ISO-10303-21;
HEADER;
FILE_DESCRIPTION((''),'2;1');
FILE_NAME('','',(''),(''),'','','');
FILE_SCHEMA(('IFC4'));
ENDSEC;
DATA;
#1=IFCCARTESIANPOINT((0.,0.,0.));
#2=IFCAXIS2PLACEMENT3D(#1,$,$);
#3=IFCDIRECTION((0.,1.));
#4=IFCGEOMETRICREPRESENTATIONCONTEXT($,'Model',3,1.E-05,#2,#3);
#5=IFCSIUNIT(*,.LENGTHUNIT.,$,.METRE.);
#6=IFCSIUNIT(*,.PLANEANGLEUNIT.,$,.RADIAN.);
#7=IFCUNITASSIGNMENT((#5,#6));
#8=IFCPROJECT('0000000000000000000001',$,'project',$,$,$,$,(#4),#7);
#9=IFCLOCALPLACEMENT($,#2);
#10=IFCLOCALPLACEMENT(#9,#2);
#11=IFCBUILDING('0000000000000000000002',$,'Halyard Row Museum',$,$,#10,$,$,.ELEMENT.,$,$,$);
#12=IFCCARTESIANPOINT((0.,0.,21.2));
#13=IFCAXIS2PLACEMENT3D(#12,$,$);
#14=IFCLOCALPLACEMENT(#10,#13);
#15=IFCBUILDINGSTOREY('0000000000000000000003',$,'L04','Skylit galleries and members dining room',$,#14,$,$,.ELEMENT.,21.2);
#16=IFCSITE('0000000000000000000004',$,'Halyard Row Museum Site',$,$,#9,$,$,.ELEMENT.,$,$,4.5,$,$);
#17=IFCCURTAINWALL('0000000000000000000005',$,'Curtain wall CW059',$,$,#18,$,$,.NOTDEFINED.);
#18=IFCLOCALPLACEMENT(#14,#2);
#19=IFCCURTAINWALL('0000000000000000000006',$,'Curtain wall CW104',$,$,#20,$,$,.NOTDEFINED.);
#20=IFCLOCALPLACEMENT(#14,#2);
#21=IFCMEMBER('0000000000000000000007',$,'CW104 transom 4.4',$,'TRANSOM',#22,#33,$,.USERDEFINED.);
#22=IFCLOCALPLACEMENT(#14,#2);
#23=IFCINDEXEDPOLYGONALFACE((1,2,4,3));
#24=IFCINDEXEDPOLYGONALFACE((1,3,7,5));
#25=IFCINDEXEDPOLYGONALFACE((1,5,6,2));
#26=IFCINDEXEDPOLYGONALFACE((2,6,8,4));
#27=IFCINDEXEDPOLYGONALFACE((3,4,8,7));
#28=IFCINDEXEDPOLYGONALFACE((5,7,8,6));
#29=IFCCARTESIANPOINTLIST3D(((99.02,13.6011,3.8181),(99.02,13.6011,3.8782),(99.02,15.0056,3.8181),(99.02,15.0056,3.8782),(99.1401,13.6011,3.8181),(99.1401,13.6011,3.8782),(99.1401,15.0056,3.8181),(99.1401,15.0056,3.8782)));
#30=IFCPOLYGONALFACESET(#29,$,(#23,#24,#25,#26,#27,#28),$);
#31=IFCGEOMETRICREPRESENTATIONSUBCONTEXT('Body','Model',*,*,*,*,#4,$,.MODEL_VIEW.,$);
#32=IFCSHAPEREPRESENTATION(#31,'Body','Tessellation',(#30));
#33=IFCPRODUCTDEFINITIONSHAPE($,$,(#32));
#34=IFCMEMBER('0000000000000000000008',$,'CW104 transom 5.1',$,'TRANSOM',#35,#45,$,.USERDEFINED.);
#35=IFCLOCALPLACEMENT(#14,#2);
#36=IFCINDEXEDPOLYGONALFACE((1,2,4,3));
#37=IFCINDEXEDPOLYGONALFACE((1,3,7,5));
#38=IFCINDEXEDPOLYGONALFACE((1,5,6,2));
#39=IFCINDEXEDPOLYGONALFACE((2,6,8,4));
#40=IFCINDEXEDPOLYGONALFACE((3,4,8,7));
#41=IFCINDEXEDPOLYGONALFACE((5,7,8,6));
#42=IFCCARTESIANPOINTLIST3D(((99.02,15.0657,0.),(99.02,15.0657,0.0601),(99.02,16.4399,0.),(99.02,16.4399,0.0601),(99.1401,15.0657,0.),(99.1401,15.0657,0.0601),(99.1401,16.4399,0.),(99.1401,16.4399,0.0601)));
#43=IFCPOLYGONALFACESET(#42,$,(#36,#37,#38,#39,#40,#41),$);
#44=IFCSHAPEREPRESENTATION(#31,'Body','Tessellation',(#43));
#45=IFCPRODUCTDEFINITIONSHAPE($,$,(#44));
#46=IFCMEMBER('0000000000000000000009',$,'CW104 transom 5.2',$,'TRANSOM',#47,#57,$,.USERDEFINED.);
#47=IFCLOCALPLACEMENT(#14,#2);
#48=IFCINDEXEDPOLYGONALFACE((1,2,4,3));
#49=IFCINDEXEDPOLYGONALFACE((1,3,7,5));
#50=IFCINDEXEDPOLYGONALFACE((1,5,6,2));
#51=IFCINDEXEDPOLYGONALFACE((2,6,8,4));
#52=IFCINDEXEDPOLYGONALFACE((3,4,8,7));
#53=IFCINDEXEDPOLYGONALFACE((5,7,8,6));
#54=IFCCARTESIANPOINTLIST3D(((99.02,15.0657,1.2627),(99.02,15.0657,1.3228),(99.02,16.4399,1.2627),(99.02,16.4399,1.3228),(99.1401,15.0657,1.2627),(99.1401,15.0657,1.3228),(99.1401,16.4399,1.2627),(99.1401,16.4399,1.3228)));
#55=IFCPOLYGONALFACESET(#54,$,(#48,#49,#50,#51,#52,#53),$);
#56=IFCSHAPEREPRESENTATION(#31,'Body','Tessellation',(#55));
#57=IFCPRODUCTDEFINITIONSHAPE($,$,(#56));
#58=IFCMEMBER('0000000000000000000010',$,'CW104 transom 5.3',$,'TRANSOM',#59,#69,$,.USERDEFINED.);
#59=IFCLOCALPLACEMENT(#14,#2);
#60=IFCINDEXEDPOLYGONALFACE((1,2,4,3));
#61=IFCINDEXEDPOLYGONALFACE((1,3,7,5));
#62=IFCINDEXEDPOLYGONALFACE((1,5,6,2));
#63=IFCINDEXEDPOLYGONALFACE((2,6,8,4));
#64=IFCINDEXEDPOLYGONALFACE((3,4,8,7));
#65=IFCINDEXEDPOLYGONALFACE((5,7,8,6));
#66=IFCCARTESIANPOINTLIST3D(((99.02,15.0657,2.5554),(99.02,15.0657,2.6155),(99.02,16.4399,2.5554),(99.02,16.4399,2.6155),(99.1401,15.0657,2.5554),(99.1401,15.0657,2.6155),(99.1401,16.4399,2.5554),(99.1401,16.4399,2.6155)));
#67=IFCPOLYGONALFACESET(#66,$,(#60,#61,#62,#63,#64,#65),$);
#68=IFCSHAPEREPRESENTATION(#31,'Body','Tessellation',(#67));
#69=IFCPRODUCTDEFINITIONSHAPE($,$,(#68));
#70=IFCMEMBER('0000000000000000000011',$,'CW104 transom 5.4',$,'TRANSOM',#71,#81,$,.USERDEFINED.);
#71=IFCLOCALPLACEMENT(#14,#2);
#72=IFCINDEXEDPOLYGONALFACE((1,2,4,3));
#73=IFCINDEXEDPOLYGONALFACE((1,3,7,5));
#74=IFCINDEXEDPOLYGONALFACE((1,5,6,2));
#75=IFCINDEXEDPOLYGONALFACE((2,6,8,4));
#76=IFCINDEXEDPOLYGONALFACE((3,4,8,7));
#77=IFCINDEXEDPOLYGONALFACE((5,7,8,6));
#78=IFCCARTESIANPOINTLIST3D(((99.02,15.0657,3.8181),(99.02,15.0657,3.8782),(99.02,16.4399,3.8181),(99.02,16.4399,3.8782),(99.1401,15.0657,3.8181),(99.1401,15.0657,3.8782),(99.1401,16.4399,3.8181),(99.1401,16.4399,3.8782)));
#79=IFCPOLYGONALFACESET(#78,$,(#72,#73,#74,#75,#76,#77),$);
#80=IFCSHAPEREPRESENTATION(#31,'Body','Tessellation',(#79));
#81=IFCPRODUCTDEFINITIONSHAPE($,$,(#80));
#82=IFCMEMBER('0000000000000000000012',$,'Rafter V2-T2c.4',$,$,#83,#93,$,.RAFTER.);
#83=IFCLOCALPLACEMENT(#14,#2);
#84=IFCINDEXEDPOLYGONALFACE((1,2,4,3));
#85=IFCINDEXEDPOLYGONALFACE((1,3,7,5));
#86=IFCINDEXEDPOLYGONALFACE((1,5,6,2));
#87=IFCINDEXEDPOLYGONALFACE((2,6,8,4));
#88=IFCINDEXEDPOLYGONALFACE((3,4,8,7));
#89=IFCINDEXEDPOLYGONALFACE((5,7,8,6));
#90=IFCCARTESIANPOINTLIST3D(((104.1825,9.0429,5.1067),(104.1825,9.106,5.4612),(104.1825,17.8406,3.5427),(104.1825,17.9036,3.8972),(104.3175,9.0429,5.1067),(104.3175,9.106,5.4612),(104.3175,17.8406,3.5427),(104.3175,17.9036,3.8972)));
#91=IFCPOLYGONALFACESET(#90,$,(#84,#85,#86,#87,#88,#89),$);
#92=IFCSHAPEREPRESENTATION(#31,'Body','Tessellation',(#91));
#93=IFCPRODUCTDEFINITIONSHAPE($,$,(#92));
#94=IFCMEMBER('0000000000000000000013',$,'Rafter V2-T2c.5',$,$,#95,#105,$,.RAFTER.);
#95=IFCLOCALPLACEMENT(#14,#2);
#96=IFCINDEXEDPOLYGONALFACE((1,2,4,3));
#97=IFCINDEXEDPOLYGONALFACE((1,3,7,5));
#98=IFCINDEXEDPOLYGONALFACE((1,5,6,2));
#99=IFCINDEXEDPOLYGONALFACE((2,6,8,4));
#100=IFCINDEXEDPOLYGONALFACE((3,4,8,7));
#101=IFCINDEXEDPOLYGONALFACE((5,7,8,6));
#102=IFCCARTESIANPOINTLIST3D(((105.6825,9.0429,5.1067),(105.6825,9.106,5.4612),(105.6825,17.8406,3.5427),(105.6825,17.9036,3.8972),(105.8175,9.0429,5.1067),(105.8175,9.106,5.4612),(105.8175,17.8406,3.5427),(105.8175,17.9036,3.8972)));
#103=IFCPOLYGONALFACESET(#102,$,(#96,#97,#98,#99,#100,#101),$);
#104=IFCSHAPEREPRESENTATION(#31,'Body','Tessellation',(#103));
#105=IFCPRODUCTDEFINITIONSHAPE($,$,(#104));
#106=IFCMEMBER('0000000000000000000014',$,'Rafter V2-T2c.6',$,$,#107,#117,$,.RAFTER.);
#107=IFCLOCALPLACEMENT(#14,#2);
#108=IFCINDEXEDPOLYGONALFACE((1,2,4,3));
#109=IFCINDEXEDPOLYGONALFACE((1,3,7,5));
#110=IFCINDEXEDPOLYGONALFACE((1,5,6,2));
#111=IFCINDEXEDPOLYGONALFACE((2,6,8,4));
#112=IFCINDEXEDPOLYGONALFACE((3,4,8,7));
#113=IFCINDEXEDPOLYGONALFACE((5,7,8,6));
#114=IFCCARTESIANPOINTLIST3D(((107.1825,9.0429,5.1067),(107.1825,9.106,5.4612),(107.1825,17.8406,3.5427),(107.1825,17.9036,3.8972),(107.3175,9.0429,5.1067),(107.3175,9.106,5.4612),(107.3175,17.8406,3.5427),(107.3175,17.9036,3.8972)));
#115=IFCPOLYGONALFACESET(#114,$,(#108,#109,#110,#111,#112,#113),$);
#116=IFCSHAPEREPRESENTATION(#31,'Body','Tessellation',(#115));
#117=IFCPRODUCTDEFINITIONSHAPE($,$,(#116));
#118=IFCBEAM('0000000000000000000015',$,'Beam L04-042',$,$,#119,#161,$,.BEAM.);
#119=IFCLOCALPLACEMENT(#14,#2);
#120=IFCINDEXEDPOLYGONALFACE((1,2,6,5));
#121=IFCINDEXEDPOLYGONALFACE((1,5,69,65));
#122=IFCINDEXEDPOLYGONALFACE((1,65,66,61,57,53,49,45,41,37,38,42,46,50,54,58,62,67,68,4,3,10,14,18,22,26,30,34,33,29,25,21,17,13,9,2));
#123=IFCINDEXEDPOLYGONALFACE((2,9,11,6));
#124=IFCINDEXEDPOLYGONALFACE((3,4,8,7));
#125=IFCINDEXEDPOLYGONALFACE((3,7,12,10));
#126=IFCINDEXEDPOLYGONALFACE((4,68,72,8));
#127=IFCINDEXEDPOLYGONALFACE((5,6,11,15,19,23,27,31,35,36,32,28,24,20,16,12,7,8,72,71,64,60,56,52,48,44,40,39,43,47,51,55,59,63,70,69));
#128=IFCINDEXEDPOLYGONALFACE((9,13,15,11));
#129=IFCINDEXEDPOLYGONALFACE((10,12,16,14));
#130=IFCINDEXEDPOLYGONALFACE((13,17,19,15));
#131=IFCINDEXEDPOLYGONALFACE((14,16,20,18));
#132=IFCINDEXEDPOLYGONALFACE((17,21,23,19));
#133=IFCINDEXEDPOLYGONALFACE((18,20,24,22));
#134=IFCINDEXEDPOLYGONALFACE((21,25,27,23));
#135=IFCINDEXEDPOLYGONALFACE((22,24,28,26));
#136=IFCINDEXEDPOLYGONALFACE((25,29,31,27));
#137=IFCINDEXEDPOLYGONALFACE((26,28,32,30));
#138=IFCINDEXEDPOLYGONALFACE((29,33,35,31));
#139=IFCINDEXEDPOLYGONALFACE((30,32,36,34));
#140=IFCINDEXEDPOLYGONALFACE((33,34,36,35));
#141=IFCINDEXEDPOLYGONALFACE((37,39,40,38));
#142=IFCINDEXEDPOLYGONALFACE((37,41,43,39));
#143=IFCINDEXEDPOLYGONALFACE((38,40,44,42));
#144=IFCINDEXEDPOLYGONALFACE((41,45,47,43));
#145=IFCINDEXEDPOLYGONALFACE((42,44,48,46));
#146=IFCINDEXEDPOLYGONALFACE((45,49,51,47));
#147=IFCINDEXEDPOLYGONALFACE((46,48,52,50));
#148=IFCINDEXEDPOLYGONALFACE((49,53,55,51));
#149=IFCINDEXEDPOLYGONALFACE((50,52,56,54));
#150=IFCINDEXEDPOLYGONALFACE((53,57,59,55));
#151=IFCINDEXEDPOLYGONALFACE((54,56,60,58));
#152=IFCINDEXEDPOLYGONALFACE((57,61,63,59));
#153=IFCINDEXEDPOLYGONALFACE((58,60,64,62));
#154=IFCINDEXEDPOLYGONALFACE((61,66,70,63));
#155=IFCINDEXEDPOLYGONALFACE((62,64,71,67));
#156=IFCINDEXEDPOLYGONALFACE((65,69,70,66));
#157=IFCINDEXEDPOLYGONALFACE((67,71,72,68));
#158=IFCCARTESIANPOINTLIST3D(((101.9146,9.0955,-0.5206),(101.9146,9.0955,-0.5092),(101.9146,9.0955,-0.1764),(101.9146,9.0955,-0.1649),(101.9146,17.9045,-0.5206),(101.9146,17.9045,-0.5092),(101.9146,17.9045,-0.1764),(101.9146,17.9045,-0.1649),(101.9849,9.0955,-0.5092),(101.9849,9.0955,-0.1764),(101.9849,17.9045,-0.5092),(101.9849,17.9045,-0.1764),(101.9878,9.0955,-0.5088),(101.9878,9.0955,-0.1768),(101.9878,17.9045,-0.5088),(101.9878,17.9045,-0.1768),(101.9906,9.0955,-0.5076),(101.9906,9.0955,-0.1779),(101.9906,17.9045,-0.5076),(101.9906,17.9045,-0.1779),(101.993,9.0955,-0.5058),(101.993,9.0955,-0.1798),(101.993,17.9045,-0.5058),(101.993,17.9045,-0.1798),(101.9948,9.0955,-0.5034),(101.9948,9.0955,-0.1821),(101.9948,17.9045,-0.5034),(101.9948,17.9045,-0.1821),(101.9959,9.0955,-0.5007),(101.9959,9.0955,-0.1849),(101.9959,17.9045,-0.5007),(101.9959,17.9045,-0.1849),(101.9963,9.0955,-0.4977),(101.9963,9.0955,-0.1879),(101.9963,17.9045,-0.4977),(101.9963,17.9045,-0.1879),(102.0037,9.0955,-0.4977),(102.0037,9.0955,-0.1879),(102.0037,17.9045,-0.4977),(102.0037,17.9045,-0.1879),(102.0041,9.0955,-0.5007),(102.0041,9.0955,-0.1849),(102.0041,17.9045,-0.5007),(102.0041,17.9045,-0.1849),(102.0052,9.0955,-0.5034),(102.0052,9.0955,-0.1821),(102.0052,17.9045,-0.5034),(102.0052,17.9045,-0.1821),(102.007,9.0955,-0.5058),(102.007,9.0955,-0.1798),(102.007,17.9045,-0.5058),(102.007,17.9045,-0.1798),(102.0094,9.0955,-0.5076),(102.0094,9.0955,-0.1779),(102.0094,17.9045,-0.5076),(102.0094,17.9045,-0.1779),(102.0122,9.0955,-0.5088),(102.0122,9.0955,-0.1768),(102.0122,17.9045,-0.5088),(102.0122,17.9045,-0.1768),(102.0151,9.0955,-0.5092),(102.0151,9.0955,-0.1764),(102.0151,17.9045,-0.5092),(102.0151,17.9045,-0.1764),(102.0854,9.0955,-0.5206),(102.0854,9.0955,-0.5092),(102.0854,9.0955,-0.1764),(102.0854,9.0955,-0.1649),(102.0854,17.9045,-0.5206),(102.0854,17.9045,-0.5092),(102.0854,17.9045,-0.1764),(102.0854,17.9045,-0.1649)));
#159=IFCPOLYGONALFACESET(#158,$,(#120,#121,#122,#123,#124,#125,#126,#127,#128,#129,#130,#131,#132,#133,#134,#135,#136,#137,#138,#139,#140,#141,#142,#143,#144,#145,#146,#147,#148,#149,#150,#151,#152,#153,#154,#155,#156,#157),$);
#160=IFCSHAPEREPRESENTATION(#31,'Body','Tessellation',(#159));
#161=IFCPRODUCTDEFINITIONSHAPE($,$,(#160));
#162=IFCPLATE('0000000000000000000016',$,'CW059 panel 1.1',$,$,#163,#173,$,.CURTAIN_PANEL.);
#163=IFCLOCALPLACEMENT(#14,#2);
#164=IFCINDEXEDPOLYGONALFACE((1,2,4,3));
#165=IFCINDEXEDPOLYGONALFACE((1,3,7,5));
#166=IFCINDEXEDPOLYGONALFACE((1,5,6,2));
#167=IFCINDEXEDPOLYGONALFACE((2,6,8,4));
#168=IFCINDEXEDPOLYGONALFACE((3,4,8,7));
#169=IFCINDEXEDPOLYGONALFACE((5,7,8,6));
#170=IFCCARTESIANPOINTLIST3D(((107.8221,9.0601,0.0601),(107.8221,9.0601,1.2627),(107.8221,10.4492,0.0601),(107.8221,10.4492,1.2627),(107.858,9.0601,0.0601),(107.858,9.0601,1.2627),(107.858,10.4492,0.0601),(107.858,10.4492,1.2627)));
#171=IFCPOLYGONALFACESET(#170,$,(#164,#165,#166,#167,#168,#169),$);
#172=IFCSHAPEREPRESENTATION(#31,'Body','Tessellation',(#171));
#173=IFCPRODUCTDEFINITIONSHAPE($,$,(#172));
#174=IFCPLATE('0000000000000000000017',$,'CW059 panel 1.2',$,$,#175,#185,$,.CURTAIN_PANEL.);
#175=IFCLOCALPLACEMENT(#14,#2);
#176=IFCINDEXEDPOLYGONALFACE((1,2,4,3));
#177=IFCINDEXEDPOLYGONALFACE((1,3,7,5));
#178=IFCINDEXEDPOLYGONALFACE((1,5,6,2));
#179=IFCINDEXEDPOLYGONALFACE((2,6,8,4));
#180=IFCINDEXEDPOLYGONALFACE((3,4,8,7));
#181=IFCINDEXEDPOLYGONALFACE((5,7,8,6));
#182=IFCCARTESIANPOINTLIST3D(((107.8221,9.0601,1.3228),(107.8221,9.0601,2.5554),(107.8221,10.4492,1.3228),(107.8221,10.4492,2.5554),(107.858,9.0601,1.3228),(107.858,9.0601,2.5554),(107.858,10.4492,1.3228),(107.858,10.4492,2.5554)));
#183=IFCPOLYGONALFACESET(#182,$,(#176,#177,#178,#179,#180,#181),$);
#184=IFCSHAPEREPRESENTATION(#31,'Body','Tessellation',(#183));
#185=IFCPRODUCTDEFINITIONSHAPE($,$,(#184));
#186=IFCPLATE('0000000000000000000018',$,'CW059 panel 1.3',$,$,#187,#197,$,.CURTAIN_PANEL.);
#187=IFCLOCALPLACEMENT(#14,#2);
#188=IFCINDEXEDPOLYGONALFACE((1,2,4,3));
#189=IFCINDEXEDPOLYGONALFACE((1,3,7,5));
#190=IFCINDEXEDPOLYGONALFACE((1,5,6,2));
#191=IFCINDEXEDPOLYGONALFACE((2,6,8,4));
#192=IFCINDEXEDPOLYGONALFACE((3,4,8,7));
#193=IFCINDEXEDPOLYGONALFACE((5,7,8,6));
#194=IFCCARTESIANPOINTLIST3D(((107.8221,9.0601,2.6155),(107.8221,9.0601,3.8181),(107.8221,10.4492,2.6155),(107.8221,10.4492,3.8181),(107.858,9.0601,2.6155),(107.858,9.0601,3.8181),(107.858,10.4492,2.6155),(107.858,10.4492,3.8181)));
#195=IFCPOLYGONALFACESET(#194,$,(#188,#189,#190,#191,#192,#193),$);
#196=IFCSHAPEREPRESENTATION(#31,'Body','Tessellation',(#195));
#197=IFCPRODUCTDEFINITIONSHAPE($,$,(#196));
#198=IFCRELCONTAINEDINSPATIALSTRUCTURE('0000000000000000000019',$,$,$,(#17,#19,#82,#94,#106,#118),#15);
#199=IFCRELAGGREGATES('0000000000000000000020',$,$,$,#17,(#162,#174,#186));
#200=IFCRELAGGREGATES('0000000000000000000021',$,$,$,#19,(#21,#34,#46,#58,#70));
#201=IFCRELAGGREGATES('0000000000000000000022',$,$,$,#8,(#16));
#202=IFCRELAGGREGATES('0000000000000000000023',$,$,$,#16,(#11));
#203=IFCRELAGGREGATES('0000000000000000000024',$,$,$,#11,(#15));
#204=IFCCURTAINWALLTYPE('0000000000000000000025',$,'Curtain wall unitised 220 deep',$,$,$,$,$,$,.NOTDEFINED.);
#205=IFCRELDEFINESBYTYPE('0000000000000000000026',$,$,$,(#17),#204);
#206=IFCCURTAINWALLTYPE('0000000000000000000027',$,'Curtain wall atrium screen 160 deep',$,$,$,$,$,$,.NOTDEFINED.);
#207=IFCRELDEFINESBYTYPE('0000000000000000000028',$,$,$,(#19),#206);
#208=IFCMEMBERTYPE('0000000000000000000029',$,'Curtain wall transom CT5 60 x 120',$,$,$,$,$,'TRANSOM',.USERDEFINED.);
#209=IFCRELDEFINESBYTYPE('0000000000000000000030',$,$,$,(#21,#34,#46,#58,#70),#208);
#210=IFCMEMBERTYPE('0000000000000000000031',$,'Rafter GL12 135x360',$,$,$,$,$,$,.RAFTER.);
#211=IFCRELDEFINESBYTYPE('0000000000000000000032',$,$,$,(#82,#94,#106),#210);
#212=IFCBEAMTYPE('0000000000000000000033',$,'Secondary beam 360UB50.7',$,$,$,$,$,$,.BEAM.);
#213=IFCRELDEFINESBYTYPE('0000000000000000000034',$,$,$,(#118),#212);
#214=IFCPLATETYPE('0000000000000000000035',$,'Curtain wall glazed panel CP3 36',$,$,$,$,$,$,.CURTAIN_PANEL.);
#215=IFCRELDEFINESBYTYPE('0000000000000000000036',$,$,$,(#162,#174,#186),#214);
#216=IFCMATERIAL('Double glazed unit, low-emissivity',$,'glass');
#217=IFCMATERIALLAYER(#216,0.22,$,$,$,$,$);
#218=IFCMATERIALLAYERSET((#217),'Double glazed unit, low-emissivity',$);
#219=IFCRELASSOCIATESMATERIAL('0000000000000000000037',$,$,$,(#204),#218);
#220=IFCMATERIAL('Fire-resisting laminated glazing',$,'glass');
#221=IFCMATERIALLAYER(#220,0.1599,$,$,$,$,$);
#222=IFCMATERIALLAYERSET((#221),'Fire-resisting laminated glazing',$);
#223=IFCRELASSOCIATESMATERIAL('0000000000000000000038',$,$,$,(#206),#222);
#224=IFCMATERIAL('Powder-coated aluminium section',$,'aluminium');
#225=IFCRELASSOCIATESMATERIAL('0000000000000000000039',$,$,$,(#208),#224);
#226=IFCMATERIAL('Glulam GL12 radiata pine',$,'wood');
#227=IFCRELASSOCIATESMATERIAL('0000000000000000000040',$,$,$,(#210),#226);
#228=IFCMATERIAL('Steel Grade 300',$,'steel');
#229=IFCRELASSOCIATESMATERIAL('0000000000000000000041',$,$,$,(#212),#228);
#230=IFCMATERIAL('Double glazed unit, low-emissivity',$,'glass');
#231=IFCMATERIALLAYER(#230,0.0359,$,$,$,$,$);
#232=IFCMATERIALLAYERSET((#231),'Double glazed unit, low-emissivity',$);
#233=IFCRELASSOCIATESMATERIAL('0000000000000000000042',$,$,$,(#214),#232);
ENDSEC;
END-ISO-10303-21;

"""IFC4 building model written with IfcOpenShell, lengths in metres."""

from ifc_helpers import new_model, si_unit, direction, frame, origin, origin_2d, place, context, subcontext, project, spatial, rectangle, i_section, extrude, material, layer, layer_set, material_profile, profile_set, type_object, element, aggregate, save


model = new_model("IFC4")

# Units and contexts
model_context = context("Model", 3, precision=1e-05, world=origin(), true_north=direction((0.0, 1.0)))
body_context = subcontext(model_context, "Body", "Model", "MODEL_VIEW")
ifc_project = project(units=[si_unit("LENGTHUNIT", "METRE"), si_unit("PLANEANGLEUNIT", "RADIAN")], contexts=[model_context])

# Site, building, storey
site_placement = place(None, origin())
site = spatial("IfcSite", under=ifc_project, at=site_placement, Name="Halyard Row Museum Site", CompositionType="ELEMENT", RefElevation=4.5)
building_placement = place(site_placement, origin())
building = spatial("IfcBuilding", under=site, at=building_placement, Name="Halyard Row Museum", CompositionType="ELEMENT")
storey_placement = place(building_placement, frame((0.0, 0.0, 21.2)))
storey = spatial("IfcBuildingStorey", under=building, at=storey_placement, Name="L04", Description="Skylit galleries and members dining room", CompositionType="ELEMENT", Elevation=21.2)

# Curtain wall
ifc_material_1 = material(Name="Double glazed unit, low-emissivity", Category="glass")
ifc_layer_1 = layer(ifc_material_1, 0.22)
ifc_layer_set_1 = layer_set([ifc_layer_1], Name="Double glazed unit, low-emissivity")
curtain_wall_type_1 = type_object("IfcCurtainWallType", Name="Curtain wall unitised 220 deep", PredefinedType="NOTDEFINED", material=ifc_layer_set_1)
curtain_wall_1_placement = place(storey_placement, origin())
curtain_wall_1 = element("IfcCurtainWall", 1, at=curtain_wall_1_placement, inside=storey, type_object=curtain_wall_type_1, Name="Curtain wall CW059", PredefinedType="NOTDEFINED")

# Curtain wall
ifc_material_2 = material(Name="Fire-resisting laminated glazing", Category="glass")
ifc_layer_2 = layer(ifc_material_2, 0.1599)
ifc_layer_set_2 = layer_set([ifc_layer_2], Name="Fire-resisting laminated glazing")
curtain_wall_type_2 = type_object("IfcCurtainWallType", Name="Curtain wall atrium screen 160 deep", PredefinedType="NOTDEFINED", material=ifc_layer_set_2)
curtain_wall_2_placement = place(storey_placement, origin())
curtain_wall_2 = element("IfcCurtainWall", 2, at=curtain_wall_2_placement, inside=storey, type_object=curtain_wall_type_2, Name="Curtain wall CW104", PredefinedType="NOTDEFINED")

# Members
ifc_material_3 = material(Name="Powder-coated aluminium section", Category="aluminium")
ifc_material_profile_1 = material_profile(ifc_material_3, rectangle(XDim=0.1201, YDim=0.0601, at=origin_2d()), Name="120x60 transom")
ifc_profile_set_1 = profile_set([ifc_material_profile_1], Name="Powder-coated aluminium section")
member_type_1 = type_object("IfcMemberType", Name="Curtain wall transom CT5 60 x 120", ElementType="TRANSOM", PredefinedType="USERDEFINED", material=ifc_profile_set_1)
member_1_placement = place(storey_placement, frame((99.0801, 13.6011, 3.8481), z_axis=(0.0, 1.0, 0.0), x_axis=(-1.0, 0.0, 0.0)))
member_1 = element("IfcMember", 3, at=member_1_placement, type_object=member_type_1, Name="CW104 transom 4.4", ObjectType="TRANSOM", PredefinedType="USERDEFINED", context=body_context, shape_type="SweptSolid", body=[
    extrude(rectangle(XDim=0.1201, YDim=0.0601, at=origin_2d()), origin(), (0.0, 0.0, 1.0), 1.4045),
])
member_2_placement = place(storey_placement, frame((99.0801, 15.0657, 0.03), z_axis=(0.0, 1.0, 0.0), x_axis=(-1.0, 0.0, 0.0)))
member_2 = element("IfcMember", 4, at=member_2_placement, type_object=member_type_1, Name="CW104 transom 5.1", ObjectType="TRANSOM", PredefinedType="USERDEFINED", context=body_context, shape_type="SweptSolid", body=[
    extrude(rectangle(XDim=0.1201, YDim=0.0601, at=origin_2d()), origin(), (0.0, 0.0, 1.0), 1.3743),
])
member_3_placement = place(storey_placement, frame((99.0801, 15.0657, 1.2927), z_axis=(0.0, 1.0, 0.0), x_axis=(-1.0, 0.0, 0.0)))
member_3 = element("IfcMember", 5, at=member_3_placement, type_object=member_type_1, Name="CW104 transom 5.2", ObjectType="TRANSOM", PredefinedType="USERDEFINED", context=body_context, shape_type="SweptSolid", body=[
    extrude(rectangle(XDim=0.1201, YDim=0.0601, at=origin_2d()), origin(), (0.0, 0.0, 1.0), 1.3743),
])
member_4_placement = place(storey_placement, frame((99.0801, 15.0657, 2.5854), z_axis=(0.0, 1.0, 0.0), x_axis=(-1.0, 0.0, 0.0)))
member_4 = element("IfcMember", 6, at=member_4_placement, type_object=member_type_1, Name="CW104 transom 5.3", ObjectType="TRANSOM", PredefinedType="USERDEFINED", context=body_context, shape_type="SweptSolid", body=[
    extrude(rectangle(XDim=0.1201, YDim=0.0601, at=origin_2d()), origin(), (0.0, 0.0, 1.0), 1.3743),
])
member_5_placement = place(storey_placement, frame((99.0801, 15.0657, 3.8481), z_axis=(0.0, 1.0, 0.0), x_axis=(-1.0, 0.0, 0.0)))
member_5 = element("IfcMember", 7, at=member_5_placement, type_object=member_type_1, Name="CW104 transom 5.4", ObjectType="TRANSOM", PredefinedType="USERDEFINED", context=body_context, shape_type="SweptSolid", body=[
    extrude(rectangle(XDim=0.1201, YDim=0.0601, at=origin_2d()), origin(), (0.0, 0.0, 1.0), 1.3743),
])

# Members
ifc_material_4 = material(Name="Glulam GL12 radiata pine", Category="wood")
ifc_material_profile_2 = material_profile(ifc_material_4, rectangle(XDim=0.135, YDim=0.3601, at=origin_2d()), Name="GL12 135x360")
ifc_profile_set_2 = profile_set([ifc_material_profile_2], Name="Glulam GL12 radiata pine")
member_type_2 = type_object("IfcMemberType", Name="Rafter GL12 135x360", PredefinedType="RAFTER", material=ifc_profile_set_2)
for number, where, z_axis, x_axis, name in (
    (8, (104.25, 9.0745, 5.2839), (0.0, 0.984564, -0.175027), (-1.0, 0.0, 0.0), "Rafter V2-T2c.4"),
    (9, (105.75, 9.0745, 5.2839), (0.0, 0.984564, -0.175027), (-1.0, 0.0, 0.0), "Rafter V2-T2c.5"),
    (10, (107.25, 9.0745, 5.2839), (0.0, 0.984564, -0.175027), (-1.0, 0.0, 0.0), "Rafter V2-T2c.6"),
):
    element("IfcMember", number, at=place(storey_placement, frame(where, z_axis=z_axis, x_axis=x_axis)), inside=storey, type_object=member_type_2, Name=name, PredefinedType="RAFTER", context=body_context, shape_type="SweptSolid", body=[
        extrude(rectangle(XDim=0.135, YDim=0.3601, at=origin_2d()), origin(), (0.0, 0.0, 1.0), 8.9355),
    ])

# Beam
ifc_material_5 = material(Name="Steel Grade 300", Category="steel")
ifc_material_profile_3 = material_profile(ifc_material_5, i_section(OverallWidth=0.1709, OverallDepth=0.3557, WebThickness=0.0073, FlangeThickness=0.0115, FilletRadius=0.0115, at=origin_2d()), Name="360UB50.7")
ifc_profile_set_3 = profile_set([ifc_material_profile_3], Name="Steel Grade 300")
beam_type = type_object("IfcBeamType", Name="Secondary beam 360UB50.7", PredefinedType="BEAM", material=ifc_profile_set_3)
beam_placement = place(storey_placement, frame((102.0, 9.0955, -0.3428), z_axis=(0.0, 1.0, 0.0), x_axis=(-1.0, 0.0, 0.0)))
element("IfcBeam", 11, at=beam_placement, inside=storey, type_object=beam_type, Name="Beam L04-042", PredefinedType="BEAM", context=body_context, shape_type="SweptSolid", body=[
    extrude(i_section(OverallWidth=0.1709, OverallDepth=0.3557, WebThickness=0.0073, FlangeThickness=0.0115, FilletRadius=0.0115, at=origin_2d()), origin(), (0.0, 0.0, 1.0), 8.8091),
])

# Plates
ifc_material_6 = material(Name="Double glazed unit, low-emissivity", Category="glass")
ifc_layer_3 = layer(ifc_material_6, 0.0359)
ifc_layer_set_3 = layer_set([ifc_layer_3], Name="Double glazed unit, low-emissivity")
plate_type_1 = type_object("IfcPlateType", Name="Curtain wall glazed panel CP3 36", PredefinedType="CURTAIN_PANEL", material=ifc_layer_set_3)
plate_1_placement = place(storey_placement, frame((107.8401, 9.7546, 0.0601), z_axis=(0.0, 0.0, 1.0), x_axis=(0.0, 1.0, 0.0)))
plate_1 = element("IfcPlate", 12, at=plate_1_placement, type_object=plate_type_1, Name="CW059 panel 1.1", PredefinedType="CURTAIN_PANEL", context=body_context, shape_type="SweptSolid", body=[
    extrude(rectangle(XDim=1.3892, YDim=0.0359, at=origin_2d()), origin(), (0.0, 0.0, 1.0), 1.2026),
])
plate_2_placement = place(storey_placement, frame((107.8401, 9.7546, 1.3228), z_axis=(0.0, 0.0, 1.0), x_axis=(0.0, 1.0, 0.0)))
plate_2 = element("IfcPlate", 13, at=plate_2_placement, type_object=plate_type_1, Name="CW059 panel 1.2", PredefinedType="CURTAIN_PANEL", context=body_context, shape_type="SweptSolid", body=[
    extrude(rectangle(XDim=1.3892, YDim=0.0359, at=origin_2d()), origin(), (0.0, 0.0, 1.0), 1.2327),
])
plate_3_placement = place(storey_placement, frame((107.8401, 9.7546, 2.6155), z_axis=(0.0, 0.0, 1.0), x_axis=(0.0, 1.0, 0.0)))
plate_3 = element("IfcPlate", 14, at=plate_3_placement, type_object=plate_type_1, Name="CW059 panel 1.3", PredefinedType="CURTAIN_PANEL", context=body_context, shape_type="SweptSolid", body=[
    extrude(rectangle(XDim=1.3892, YDim=0.0359, at=origin_2d()), origin(), (0.0, 0.0, 1.0), 1.2026),
])
aggregate(curtain_wall_1, [plate_1, plate_2, plate_3])
aggregate(curtain_wall_2, [member_1, member_2, member_3, member_4, member_5])

save(model, "model.ifc")
